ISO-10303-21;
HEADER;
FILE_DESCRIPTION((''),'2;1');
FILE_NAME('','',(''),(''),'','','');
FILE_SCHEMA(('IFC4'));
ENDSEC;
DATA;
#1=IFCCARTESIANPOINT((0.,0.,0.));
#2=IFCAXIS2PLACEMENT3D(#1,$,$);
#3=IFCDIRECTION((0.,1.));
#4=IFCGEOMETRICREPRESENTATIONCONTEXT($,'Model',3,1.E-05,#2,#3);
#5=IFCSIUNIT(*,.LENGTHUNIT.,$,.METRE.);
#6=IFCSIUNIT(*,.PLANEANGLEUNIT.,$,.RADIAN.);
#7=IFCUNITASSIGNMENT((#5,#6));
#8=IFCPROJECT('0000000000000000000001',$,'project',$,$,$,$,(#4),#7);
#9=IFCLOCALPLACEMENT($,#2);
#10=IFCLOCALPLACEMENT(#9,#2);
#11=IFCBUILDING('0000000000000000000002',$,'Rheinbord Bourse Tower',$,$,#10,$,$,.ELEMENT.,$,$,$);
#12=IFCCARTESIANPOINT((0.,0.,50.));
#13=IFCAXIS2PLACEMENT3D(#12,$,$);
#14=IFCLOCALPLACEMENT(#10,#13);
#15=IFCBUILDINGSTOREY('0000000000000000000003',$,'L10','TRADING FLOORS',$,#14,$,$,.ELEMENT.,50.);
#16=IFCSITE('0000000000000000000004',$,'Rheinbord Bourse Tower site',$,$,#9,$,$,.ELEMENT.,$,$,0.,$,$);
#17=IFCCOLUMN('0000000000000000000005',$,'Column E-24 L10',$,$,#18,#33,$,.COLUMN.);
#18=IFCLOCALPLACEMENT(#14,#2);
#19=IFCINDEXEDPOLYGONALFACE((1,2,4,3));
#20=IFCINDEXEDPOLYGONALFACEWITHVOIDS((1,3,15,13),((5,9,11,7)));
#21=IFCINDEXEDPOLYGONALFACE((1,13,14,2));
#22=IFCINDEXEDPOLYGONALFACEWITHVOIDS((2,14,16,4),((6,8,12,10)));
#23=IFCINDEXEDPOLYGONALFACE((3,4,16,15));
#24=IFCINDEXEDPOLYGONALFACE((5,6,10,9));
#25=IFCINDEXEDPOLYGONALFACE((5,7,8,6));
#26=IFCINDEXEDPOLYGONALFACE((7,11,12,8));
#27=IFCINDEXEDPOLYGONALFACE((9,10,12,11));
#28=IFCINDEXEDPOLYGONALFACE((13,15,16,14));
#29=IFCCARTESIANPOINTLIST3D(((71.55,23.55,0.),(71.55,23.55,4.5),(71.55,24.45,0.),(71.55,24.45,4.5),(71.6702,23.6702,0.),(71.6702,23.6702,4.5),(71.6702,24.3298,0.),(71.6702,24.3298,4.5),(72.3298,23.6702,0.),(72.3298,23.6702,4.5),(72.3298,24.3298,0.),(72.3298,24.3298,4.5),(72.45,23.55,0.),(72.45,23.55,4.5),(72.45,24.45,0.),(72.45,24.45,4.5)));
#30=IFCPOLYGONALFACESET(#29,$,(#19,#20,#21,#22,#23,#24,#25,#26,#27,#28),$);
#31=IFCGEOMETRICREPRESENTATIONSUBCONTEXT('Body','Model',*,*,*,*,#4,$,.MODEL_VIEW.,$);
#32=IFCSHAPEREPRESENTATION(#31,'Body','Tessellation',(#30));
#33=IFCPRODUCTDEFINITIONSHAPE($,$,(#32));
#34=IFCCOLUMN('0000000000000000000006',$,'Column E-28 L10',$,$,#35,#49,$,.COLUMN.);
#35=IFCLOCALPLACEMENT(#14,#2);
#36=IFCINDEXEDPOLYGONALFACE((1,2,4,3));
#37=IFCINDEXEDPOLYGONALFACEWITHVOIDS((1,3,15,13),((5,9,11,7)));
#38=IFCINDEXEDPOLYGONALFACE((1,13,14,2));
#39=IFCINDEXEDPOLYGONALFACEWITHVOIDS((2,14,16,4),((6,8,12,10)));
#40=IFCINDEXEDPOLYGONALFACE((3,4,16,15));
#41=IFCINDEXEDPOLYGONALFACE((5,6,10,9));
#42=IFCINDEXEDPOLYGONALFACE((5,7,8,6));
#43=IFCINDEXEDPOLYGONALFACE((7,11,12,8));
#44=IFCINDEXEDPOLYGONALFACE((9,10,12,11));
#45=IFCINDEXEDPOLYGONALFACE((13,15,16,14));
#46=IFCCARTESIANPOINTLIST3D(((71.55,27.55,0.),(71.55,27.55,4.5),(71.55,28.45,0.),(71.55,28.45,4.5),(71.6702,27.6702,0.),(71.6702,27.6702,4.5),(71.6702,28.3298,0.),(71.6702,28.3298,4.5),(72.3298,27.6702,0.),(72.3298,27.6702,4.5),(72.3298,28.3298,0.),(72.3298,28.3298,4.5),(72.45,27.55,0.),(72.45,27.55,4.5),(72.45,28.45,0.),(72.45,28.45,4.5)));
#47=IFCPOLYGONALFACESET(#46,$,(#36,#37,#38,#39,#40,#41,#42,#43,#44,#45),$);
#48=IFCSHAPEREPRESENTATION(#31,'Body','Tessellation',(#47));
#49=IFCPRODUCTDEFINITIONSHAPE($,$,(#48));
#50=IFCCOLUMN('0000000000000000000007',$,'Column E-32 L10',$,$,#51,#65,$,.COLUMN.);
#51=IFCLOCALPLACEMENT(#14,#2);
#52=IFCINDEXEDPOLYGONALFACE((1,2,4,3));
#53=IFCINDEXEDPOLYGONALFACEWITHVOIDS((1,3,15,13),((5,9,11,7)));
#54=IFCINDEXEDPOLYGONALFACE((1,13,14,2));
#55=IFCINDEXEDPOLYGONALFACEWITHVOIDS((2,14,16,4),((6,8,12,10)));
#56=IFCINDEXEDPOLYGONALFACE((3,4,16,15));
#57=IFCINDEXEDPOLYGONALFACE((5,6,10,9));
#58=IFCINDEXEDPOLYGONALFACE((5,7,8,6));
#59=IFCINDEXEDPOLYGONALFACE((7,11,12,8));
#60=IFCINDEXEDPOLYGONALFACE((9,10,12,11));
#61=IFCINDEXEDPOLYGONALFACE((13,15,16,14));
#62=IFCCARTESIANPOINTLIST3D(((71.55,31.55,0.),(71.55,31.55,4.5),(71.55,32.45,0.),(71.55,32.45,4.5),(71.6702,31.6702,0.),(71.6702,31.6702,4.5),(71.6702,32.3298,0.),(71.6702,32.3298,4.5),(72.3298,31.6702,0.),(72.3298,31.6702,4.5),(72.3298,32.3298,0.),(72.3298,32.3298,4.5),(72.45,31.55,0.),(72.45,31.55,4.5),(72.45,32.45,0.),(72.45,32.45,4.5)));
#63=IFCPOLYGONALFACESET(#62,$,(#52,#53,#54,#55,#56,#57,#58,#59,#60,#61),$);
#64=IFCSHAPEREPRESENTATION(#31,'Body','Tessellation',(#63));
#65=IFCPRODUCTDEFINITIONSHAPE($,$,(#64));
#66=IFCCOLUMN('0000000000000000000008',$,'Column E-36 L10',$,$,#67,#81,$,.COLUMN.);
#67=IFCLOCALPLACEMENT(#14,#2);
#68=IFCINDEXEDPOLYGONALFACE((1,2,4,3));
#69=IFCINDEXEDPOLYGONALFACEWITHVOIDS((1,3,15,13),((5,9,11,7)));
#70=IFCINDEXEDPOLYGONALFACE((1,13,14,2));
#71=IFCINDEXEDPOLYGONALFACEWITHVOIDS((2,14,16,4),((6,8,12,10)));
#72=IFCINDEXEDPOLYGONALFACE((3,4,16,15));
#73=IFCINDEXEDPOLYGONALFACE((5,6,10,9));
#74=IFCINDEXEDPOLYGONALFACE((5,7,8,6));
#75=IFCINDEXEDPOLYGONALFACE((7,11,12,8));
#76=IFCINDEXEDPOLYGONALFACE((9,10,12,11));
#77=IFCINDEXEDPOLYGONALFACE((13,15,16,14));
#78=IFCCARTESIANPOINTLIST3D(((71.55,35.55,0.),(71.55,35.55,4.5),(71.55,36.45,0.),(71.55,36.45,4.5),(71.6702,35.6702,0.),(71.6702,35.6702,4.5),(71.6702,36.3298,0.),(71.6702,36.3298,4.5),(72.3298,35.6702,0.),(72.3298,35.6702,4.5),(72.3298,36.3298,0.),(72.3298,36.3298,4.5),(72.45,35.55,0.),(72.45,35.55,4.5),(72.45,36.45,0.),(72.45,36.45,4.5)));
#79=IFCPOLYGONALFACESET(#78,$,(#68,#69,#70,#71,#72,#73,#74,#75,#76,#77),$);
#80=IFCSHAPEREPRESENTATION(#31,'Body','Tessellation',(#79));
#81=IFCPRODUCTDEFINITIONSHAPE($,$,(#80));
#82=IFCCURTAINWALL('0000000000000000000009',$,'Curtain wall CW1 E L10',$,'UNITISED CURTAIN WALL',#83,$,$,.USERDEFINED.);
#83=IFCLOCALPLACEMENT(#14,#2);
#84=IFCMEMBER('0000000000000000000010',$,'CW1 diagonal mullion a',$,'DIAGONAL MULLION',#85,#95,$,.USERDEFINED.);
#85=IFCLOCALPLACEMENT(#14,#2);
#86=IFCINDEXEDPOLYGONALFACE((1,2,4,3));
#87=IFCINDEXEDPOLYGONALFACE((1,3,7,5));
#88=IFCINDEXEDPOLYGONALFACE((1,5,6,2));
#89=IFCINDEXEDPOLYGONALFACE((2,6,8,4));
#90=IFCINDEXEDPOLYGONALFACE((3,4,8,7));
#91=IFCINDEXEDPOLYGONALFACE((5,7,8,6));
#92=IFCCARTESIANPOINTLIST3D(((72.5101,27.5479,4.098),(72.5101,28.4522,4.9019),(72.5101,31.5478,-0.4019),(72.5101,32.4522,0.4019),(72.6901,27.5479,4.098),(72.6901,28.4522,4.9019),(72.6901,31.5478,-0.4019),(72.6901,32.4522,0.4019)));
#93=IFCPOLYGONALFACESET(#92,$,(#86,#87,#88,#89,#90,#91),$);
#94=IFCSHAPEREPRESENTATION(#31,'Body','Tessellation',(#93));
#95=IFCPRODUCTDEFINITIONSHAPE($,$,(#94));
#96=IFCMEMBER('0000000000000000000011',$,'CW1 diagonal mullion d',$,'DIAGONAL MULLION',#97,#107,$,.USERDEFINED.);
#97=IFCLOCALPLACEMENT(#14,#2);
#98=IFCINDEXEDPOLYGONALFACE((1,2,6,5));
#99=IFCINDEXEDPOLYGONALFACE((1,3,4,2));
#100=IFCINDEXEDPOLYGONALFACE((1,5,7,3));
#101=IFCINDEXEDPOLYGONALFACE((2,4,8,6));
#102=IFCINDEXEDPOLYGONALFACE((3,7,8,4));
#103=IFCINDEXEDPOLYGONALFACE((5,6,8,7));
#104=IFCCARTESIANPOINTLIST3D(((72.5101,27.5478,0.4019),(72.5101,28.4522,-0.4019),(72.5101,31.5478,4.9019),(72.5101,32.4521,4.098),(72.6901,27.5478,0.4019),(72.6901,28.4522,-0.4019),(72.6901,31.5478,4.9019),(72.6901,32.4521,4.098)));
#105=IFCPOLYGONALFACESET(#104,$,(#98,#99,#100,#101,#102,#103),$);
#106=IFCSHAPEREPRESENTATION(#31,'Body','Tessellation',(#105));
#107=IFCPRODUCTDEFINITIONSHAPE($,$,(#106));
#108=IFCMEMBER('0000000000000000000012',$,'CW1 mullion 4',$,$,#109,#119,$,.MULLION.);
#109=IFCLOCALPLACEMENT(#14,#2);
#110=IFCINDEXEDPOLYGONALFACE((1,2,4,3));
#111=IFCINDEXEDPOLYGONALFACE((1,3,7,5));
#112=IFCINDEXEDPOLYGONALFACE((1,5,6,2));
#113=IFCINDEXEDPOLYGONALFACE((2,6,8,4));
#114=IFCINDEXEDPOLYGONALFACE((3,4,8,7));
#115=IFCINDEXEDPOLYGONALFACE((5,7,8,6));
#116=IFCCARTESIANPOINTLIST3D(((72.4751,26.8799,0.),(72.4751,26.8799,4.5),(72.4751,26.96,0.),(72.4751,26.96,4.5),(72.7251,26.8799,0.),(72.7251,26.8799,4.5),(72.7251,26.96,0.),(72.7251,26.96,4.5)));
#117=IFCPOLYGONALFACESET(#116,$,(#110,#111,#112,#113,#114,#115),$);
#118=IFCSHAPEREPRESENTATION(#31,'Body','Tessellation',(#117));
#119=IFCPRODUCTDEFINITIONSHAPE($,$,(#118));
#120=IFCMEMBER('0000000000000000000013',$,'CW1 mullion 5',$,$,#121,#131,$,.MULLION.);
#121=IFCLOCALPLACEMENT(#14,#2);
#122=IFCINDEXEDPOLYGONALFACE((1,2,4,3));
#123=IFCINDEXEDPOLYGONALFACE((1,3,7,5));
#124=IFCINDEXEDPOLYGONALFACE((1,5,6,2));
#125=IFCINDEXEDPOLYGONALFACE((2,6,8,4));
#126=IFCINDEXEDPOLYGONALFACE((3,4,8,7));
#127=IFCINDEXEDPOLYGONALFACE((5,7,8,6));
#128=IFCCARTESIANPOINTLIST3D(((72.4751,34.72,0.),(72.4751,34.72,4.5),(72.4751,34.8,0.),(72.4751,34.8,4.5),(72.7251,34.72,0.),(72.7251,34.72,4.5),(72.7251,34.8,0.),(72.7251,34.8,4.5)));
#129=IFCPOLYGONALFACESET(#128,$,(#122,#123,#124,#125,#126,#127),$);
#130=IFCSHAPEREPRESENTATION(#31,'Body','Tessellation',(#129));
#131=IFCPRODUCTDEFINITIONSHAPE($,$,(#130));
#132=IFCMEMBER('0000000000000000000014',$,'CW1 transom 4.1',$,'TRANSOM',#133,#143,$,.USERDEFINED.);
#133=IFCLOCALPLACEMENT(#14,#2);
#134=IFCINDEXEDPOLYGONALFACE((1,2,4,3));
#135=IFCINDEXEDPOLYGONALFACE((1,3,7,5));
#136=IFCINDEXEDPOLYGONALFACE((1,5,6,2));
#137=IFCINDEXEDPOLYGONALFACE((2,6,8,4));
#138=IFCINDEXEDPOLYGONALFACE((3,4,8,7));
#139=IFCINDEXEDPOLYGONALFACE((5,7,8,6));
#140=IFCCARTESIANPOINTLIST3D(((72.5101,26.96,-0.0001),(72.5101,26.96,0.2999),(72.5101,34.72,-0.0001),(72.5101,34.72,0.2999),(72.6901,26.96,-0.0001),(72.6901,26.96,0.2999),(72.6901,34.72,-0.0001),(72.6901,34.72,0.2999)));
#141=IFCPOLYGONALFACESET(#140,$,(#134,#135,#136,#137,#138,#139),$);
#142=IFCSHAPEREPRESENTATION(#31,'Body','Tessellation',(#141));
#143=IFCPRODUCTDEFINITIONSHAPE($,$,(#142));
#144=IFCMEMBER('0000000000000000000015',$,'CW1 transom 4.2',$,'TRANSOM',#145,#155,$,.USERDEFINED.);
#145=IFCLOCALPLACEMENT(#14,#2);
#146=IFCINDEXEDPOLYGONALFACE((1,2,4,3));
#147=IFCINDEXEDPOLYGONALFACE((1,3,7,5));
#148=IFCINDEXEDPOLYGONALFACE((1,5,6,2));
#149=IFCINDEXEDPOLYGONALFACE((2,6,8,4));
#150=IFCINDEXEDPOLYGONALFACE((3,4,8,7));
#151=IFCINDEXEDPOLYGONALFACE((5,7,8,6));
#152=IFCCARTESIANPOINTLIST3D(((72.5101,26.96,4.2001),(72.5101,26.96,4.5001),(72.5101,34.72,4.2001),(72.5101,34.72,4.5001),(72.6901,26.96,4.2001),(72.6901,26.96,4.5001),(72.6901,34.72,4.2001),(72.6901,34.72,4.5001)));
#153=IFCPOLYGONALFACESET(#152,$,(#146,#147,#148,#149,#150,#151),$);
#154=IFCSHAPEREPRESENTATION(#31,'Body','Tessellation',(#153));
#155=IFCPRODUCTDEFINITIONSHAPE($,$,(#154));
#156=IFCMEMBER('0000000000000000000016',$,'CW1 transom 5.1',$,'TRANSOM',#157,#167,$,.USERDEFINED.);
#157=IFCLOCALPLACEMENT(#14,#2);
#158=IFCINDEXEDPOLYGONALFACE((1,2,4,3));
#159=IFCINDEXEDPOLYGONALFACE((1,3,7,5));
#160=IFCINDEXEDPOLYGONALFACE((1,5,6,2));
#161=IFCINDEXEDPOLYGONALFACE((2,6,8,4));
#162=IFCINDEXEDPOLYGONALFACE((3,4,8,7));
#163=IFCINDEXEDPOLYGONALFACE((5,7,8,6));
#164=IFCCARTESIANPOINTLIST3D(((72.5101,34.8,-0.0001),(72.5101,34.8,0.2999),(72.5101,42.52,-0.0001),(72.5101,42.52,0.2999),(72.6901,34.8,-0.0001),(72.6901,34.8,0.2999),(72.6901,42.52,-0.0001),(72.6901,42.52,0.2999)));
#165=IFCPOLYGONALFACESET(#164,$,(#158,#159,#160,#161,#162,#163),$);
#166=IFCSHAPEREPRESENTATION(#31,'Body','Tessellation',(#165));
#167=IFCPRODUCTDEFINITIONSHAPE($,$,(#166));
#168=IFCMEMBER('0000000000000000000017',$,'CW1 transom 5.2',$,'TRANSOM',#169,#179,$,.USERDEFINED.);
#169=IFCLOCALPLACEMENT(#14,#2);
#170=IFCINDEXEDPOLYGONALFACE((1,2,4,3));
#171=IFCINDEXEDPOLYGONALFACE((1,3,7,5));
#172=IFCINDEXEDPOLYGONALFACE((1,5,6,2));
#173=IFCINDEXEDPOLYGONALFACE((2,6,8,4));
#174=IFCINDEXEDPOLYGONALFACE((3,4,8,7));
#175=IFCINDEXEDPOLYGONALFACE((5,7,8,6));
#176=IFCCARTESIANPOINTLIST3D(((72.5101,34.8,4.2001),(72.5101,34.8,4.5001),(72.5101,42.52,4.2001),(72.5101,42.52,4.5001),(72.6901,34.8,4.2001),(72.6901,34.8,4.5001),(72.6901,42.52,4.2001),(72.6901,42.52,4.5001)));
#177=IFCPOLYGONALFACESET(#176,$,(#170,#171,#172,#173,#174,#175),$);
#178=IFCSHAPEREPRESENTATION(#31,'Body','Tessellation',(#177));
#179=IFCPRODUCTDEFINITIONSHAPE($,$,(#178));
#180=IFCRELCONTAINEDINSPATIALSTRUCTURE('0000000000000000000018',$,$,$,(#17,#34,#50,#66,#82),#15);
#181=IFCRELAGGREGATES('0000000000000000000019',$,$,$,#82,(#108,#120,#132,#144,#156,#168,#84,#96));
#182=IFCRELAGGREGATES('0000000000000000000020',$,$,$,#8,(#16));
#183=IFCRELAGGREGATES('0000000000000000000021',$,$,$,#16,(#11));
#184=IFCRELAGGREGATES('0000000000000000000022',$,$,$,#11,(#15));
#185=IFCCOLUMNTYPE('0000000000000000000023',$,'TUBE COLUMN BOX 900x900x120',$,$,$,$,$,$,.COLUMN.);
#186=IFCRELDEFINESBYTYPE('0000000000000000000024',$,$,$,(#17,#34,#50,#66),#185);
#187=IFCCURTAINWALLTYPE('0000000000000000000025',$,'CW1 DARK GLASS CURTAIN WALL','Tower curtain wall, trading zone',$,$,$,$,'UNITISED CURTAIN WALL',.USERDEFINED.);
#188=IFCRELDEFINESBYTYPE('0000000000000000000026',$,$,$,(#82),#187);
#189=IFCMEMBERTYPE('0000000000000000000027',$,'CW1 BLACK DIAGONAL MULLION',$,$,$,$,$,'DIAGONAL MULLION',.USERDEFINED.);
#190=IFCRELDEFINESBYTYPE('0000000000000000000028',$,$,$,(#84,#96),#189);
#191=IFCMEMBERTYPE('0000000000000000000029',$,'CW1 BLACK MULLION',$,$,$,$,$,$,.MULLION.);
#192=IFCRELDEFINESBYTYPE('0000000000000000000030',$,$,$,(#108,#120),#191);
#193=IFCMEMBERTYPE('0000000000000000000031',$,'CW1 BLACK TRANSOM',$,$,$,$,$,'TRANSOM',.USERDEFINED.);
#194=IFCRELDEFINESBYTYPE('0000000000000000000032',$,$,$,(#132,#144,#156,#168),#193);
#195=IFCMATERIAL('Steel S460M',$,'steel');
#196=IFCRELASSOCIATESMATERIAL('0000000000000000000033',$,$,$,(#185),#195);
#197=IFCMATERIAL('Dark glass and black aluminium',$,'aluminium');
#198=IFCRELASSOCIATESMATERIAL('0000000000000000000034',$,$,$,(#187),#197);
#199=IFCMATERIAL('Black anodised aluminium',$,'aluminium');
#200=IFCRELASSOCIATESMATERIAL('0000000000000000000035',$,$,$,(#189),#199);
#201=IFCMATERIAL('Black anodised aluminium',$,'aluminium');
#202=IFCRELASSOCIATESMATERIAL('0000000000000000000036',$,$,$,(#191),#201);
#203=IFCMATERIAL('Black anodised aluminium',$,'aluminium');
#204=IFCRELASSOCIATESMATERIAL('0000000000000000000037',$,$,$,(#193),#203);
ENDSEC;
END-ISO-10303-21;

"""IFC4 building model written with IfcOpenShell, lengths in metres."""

from ifc_helpers import new_model, si_unit, direction, frame, origin, origin_2d, place, context, subcontext, project, spatial, rectangle, hollow_rectangle, extrude, material, material_profile, profile_set, type_object, element, aggregate, save


model = new_model("IFC4")

# Units and contexts
model_context = context("Model", 3, precision=1e-05, world=origin(), true_north=direction((0.0, 1.0)))
body_context = subcontext(model_context, "Body", "Model", "MODEL_VIEW")
ifc_project = project(units=[si_unit("LENGTHUNIT", "METRE"), si_unit("PLANEANGLEUNIT", "RADIAN")], contexts=[model_context])

# Site, building, storey
site_placement = place(None, origin())
site = spatial("IfcSite", under=ifc_project, at=site_placement, Name="Rheinbord Bourse Tower site", CompositionType="ELEMENT", RefElevation=0.0)
building_placement = place(site_placement, origin())
building = spatial("IfcBuilding", under=site, at=building_placement, Name="Rheinbord Bourse Tower", CompositionType="ELEMENT")
storey_placement = place(building_placement, frame((0.0, 0.0, 50.0)))
storey = spatial("IfcBuildingStorey", under=building, at=storey_placement, Name="L10", Description="TRADING FLOORS", CompositionType="ELEMENT", Elevation=50.0)

# Columns
ifc_material_1 = material(Name="Steel S460M", Category="steel")
ifc_material_profile_1 = material_profile(ifc_material_1, hollow_rectangle(XDim=0.8999, YDim=0.8999, WallThickness=0.1201, at=origin_2d()), Name="BOX 900x900x120")
ifc_profile_set_1 = profile_set([ifc_material_profile_1], Name="Steel S460M")
column_type = type_object("IfcColumnType", Name="TUBE COLUMN BOX 900x900x120", PredefinedType="COLUMN", material=ifc_profile_set_1)
for number, where, z_axis, x_axis, name in (
    (1, (72.0, 24.0, 0.0), (0.0, 0.0, 1.0), (1.0, 0.0, 0.0), "Column E-24 L10"),
    (2, (72.0, 28.0, 0.0), (0.0, 0.0, 1.0), (1.0, 0.0, 0.0), "Column E-28 L10"),
    (3, (72.0, 32.0, 0.0), (0.0, 0.0, 1.0), (1.0, 0.0, 0.0), "Column E-32 L10"),
    (4, (72.0, 36.0, 0.0), (0.0, 0.0, 1.0), (1.0, 0.0, 0.0), "Column E-36 L10"),
):
    element("IfcColumn", number, at=place(storey_placement, frame(where, z_axis=z_axis, x_axis=x_axis)), inside=storey, type_object=column_type, Name=name, PredefinedType="COLUMN", context=body_context, shape_type="SweptSolid", body=[
        extrude(hollow_rectangle(XDim=0.8999, YDim=0.8999, WallThickness=0.1201, at=origin_2d()), origin(), (0.0, 0.0, 1.0), 4.5),
    ])

# Curtain wall, members
ifc_material_2 = material(Name="Dark glass and black aluminium", Category="aluminium")
curtain_wall_type = type_object("IfcCurtainWallType", Name="CW1 DARK GLASS CURTAIN WALL", Description="Tower curtain wall, trading zone", ElementType="UNITISED CURTAIN WALL", PredefinedType="USERDEFINED", material=ifc_material_2)
curtain_wall_placement = place(storey_placement, origin())
curtain_wall = element("IfcCurtainWall", 5, at=curtain_wall_placement, inside=storey, type_object=curtain_wall_type, Name="Curtain wall CW1 E L10", ObjectType="UNITISED CURTAIN WALL", PredefinedType="USERDEFINED")
ifc_material_3 = material(Name="Black anodised aluminium", Category="aluminium")
ifc_material_profile_2 = material_profile(ifc_material_3, rectangle(XDim=0.1799, YDim=1.21, at=origin_2d()), Name="CW1 DIAGONAL MULLION 1210x180")
ifc_profile_set_2 = profile_set([ifc_material_profile_2], Name="Black anodised aluminium")
member_type_1 = type_object("IfcMemberType", Name="CW1 BLACK DIAGONAL MULLION", ElementType="DIAGONAL MULLION", PredefinedType="USERDEFINED", material=ifc_profile_set_2)
member_1_placement = place(storey_placement, frame((72.6001, 32.0, 0.0), z_axis=(0.0, -0.664364, 0.747409), x_axis=(1.0, 0.0, 0.0)))
member_1 = element("IfcMember", 6, at=member_1_placement, type_object=member_type_1, Name="CW1 diagonal mullion a", ObjectType="DIAGONAL MULLION", PredefinedType="USERDEFINED", context=body_context, shape_type="SweptSolid", body=[
    extrude(rectangle(XDim=0.1799, YDim=1.21, at=origin_2d()), origin(), (0.0, 0.0, 1.0), 6.0208),
])
member_2_placement = place(storey_placement, frame((72.6001, 28.0, 0.0), z_axis=(0.0, 0.664364, 0.747409), x_axis=(-1.0, 0.0, 0.0)))
member_2 = element("IfcMember", 7, at=member_2_placement, type_object=member_type_1, Name="CW1 diagonal mullion d", ObjectType="DIAGONAL MULLION", PredefinedType="USERDEFINED", context=body_context, shape_type="SweptSolid", body=[
    extrude(rectangle(XDim=0.1799, YDim=1.21, at=origin_2d()), origin(), (0.0, 0.0, 1.0), 6.0208),
])
ifc_material_4 = material(Name="Black anodised aluminium", Category="aluminium")
ifc_material_profile_3 = material_profile(ifc_material_4, rectangle(XDim=0.25, YDim=0.0801, at=origin_2d()), Name="CW1 MULLION 80x250")
ifc_profile_set_3 = profile_set([ifc_material_profile_3], Name="Black anodised aluminium")
member_type_2 = type_object("IfcMemberType", Name="CW1 BLACK MULLION", PredefinedType="MULLION", material=ifc_profile_set_3)
member_3_placement = place(storey_placement, frame((72.6001, 26.9199, 0.0), z_axis=(0.0, 0.0, 1.0), x_axis=(-1.0, 0.0, 0.0)))
member_3 = element("IfcMember", 8, at=member_3_placement, type_object=member_type_2, Name="CW1 mullion 4", PredefinedType="MULLION", context=body_context, shape_type="SweptSolid", body=[
    extrude(rectangle(XDim=0.25, YDim=0.0801, at=origin_2d()), origin(), (0.0, 0.0, 1.0), 4.5),
])
member_4_placement = place(storey_placement, frame((72.6001, 34.76, 0.0), z_axis=(0.0, 0.0, 1.0), x_axis=(-1.0, 0.0, 0.0)))
member_4 = element("IfcMember", 9, at=member_4_placement, type_object=member_type_2, Name="CW1 mullion 5", PredefinedType="MULLION", context=body_context, shape_type="SweptSolid", body=[
    extrude(rectangle(XDim=0.25, YDim=0.0801, at=origin_2d()), origin(), (0.0, 0.0, 1.0), 4.5),
])
ifc_material_5 = material(Name="Black anodised aluminium", Category="aluminium")
ifc_material_profile_4 = material_profile(ifc_material_5, rectangle(XDim=0.1799, YDim=0.3, at=origin_2d()), Name="CW1 TRANSOM 300x180")
ifc_profile_set_4 = profile_set([ifc_material_profile_4], Name="Black anodised aluminium")
member_type_3 = type_object("IfcMemberType", Name="CW1 BLACK TRANSOM", ElementType="TRANSOM", PredefinedType="USERDEFINED", material=ifc_profile_set_4)
member_5_placement = place(storey_placement, frame((72.6001, 26.96, 0.1499), z_axis=(0.0, 1.0, 0.0), x_axis=(-1.0, 0.0, 0.0)))
member_5 = element("IfcMember", 10, at=member_5_placement, type_object=member_type_3, Name="CW1 transom 4.1", ObjectType="TRANSOM", PredefinedType="USERDEFINED", context=body_context, shape_type="SweptSolid", body=[
    extrude(rectangle(XDim=0.1799, YDim=0.3, at=origin_2d()), origin(), (0.0, 0.0, 1.0), 7.76),
])
member_6_placement = place(storey_placement, frame((72.6001, 26.96, 4.3501), z_axis=(0.0, 1.0, 0.0), x_axis=(-1.0, 0.0, 0.0)))
member_6 = element("IfcMember", 11, at=member_6_placement, type_object=member_type_3, Name="CW1 transom 4.2", ObjectType="TRANSOM", PredefinedType="USERDEFINED", context=body_context, shape_type="SweptSolid", body=[
    extrude(rectangle(XDim=0.1799, YDim=0.3, at=origin_2d()), origin(), (0.0, 0.0, 1.0), 7.76),
])
member_7_placement = place(storey_placement, frame((72.6001, 34.8, 0.1499), z_axis=(0.0, 1.0, 0.0), x_axis=(-1.0, 0.0, 0.0)))
member_7 = element("IfcMember", 12, at=member_7_placement, type_object=member_type_3, Name="CW1 transom 5.1", ObjectType="TRANSOM", PredefinedType="USERDEFINED", context=body_context, shape_type="SweptSolid", body=[
    extrude(rectangle(XDim=0.1799, YDim=0.3, at=origin_2d()), origin(), (0.0, 0.0, 1.0), 7.72),
])
member_8_placement = place(storey_placement, frame((72.6001, 34.8, 4.3501), z_axis=(0.0, 1.0, 0.0), x_axis=(-1.0, 0.0, 0.0)))
member_8 = element("IfcMember", 13, at=member_8_placement, type_object=member_type_3, Name="CW1 transom 5.2", ObjectType="TRANSOM", PredefinedType="USERDEFINED", context=body_context, shape_type="SweptSolid", body=[
    extrude(rectangle(XDim=0.1799, YDim=0.3, at=origin_2d()), origin(), (0.0, 0.0, 1.0), 7.72),
])

aggregate(curtain_wall, [member_3, member_4, member_5, member_6, member_7, member_8, member_1, member_2])

save(model, "model.ifc")
